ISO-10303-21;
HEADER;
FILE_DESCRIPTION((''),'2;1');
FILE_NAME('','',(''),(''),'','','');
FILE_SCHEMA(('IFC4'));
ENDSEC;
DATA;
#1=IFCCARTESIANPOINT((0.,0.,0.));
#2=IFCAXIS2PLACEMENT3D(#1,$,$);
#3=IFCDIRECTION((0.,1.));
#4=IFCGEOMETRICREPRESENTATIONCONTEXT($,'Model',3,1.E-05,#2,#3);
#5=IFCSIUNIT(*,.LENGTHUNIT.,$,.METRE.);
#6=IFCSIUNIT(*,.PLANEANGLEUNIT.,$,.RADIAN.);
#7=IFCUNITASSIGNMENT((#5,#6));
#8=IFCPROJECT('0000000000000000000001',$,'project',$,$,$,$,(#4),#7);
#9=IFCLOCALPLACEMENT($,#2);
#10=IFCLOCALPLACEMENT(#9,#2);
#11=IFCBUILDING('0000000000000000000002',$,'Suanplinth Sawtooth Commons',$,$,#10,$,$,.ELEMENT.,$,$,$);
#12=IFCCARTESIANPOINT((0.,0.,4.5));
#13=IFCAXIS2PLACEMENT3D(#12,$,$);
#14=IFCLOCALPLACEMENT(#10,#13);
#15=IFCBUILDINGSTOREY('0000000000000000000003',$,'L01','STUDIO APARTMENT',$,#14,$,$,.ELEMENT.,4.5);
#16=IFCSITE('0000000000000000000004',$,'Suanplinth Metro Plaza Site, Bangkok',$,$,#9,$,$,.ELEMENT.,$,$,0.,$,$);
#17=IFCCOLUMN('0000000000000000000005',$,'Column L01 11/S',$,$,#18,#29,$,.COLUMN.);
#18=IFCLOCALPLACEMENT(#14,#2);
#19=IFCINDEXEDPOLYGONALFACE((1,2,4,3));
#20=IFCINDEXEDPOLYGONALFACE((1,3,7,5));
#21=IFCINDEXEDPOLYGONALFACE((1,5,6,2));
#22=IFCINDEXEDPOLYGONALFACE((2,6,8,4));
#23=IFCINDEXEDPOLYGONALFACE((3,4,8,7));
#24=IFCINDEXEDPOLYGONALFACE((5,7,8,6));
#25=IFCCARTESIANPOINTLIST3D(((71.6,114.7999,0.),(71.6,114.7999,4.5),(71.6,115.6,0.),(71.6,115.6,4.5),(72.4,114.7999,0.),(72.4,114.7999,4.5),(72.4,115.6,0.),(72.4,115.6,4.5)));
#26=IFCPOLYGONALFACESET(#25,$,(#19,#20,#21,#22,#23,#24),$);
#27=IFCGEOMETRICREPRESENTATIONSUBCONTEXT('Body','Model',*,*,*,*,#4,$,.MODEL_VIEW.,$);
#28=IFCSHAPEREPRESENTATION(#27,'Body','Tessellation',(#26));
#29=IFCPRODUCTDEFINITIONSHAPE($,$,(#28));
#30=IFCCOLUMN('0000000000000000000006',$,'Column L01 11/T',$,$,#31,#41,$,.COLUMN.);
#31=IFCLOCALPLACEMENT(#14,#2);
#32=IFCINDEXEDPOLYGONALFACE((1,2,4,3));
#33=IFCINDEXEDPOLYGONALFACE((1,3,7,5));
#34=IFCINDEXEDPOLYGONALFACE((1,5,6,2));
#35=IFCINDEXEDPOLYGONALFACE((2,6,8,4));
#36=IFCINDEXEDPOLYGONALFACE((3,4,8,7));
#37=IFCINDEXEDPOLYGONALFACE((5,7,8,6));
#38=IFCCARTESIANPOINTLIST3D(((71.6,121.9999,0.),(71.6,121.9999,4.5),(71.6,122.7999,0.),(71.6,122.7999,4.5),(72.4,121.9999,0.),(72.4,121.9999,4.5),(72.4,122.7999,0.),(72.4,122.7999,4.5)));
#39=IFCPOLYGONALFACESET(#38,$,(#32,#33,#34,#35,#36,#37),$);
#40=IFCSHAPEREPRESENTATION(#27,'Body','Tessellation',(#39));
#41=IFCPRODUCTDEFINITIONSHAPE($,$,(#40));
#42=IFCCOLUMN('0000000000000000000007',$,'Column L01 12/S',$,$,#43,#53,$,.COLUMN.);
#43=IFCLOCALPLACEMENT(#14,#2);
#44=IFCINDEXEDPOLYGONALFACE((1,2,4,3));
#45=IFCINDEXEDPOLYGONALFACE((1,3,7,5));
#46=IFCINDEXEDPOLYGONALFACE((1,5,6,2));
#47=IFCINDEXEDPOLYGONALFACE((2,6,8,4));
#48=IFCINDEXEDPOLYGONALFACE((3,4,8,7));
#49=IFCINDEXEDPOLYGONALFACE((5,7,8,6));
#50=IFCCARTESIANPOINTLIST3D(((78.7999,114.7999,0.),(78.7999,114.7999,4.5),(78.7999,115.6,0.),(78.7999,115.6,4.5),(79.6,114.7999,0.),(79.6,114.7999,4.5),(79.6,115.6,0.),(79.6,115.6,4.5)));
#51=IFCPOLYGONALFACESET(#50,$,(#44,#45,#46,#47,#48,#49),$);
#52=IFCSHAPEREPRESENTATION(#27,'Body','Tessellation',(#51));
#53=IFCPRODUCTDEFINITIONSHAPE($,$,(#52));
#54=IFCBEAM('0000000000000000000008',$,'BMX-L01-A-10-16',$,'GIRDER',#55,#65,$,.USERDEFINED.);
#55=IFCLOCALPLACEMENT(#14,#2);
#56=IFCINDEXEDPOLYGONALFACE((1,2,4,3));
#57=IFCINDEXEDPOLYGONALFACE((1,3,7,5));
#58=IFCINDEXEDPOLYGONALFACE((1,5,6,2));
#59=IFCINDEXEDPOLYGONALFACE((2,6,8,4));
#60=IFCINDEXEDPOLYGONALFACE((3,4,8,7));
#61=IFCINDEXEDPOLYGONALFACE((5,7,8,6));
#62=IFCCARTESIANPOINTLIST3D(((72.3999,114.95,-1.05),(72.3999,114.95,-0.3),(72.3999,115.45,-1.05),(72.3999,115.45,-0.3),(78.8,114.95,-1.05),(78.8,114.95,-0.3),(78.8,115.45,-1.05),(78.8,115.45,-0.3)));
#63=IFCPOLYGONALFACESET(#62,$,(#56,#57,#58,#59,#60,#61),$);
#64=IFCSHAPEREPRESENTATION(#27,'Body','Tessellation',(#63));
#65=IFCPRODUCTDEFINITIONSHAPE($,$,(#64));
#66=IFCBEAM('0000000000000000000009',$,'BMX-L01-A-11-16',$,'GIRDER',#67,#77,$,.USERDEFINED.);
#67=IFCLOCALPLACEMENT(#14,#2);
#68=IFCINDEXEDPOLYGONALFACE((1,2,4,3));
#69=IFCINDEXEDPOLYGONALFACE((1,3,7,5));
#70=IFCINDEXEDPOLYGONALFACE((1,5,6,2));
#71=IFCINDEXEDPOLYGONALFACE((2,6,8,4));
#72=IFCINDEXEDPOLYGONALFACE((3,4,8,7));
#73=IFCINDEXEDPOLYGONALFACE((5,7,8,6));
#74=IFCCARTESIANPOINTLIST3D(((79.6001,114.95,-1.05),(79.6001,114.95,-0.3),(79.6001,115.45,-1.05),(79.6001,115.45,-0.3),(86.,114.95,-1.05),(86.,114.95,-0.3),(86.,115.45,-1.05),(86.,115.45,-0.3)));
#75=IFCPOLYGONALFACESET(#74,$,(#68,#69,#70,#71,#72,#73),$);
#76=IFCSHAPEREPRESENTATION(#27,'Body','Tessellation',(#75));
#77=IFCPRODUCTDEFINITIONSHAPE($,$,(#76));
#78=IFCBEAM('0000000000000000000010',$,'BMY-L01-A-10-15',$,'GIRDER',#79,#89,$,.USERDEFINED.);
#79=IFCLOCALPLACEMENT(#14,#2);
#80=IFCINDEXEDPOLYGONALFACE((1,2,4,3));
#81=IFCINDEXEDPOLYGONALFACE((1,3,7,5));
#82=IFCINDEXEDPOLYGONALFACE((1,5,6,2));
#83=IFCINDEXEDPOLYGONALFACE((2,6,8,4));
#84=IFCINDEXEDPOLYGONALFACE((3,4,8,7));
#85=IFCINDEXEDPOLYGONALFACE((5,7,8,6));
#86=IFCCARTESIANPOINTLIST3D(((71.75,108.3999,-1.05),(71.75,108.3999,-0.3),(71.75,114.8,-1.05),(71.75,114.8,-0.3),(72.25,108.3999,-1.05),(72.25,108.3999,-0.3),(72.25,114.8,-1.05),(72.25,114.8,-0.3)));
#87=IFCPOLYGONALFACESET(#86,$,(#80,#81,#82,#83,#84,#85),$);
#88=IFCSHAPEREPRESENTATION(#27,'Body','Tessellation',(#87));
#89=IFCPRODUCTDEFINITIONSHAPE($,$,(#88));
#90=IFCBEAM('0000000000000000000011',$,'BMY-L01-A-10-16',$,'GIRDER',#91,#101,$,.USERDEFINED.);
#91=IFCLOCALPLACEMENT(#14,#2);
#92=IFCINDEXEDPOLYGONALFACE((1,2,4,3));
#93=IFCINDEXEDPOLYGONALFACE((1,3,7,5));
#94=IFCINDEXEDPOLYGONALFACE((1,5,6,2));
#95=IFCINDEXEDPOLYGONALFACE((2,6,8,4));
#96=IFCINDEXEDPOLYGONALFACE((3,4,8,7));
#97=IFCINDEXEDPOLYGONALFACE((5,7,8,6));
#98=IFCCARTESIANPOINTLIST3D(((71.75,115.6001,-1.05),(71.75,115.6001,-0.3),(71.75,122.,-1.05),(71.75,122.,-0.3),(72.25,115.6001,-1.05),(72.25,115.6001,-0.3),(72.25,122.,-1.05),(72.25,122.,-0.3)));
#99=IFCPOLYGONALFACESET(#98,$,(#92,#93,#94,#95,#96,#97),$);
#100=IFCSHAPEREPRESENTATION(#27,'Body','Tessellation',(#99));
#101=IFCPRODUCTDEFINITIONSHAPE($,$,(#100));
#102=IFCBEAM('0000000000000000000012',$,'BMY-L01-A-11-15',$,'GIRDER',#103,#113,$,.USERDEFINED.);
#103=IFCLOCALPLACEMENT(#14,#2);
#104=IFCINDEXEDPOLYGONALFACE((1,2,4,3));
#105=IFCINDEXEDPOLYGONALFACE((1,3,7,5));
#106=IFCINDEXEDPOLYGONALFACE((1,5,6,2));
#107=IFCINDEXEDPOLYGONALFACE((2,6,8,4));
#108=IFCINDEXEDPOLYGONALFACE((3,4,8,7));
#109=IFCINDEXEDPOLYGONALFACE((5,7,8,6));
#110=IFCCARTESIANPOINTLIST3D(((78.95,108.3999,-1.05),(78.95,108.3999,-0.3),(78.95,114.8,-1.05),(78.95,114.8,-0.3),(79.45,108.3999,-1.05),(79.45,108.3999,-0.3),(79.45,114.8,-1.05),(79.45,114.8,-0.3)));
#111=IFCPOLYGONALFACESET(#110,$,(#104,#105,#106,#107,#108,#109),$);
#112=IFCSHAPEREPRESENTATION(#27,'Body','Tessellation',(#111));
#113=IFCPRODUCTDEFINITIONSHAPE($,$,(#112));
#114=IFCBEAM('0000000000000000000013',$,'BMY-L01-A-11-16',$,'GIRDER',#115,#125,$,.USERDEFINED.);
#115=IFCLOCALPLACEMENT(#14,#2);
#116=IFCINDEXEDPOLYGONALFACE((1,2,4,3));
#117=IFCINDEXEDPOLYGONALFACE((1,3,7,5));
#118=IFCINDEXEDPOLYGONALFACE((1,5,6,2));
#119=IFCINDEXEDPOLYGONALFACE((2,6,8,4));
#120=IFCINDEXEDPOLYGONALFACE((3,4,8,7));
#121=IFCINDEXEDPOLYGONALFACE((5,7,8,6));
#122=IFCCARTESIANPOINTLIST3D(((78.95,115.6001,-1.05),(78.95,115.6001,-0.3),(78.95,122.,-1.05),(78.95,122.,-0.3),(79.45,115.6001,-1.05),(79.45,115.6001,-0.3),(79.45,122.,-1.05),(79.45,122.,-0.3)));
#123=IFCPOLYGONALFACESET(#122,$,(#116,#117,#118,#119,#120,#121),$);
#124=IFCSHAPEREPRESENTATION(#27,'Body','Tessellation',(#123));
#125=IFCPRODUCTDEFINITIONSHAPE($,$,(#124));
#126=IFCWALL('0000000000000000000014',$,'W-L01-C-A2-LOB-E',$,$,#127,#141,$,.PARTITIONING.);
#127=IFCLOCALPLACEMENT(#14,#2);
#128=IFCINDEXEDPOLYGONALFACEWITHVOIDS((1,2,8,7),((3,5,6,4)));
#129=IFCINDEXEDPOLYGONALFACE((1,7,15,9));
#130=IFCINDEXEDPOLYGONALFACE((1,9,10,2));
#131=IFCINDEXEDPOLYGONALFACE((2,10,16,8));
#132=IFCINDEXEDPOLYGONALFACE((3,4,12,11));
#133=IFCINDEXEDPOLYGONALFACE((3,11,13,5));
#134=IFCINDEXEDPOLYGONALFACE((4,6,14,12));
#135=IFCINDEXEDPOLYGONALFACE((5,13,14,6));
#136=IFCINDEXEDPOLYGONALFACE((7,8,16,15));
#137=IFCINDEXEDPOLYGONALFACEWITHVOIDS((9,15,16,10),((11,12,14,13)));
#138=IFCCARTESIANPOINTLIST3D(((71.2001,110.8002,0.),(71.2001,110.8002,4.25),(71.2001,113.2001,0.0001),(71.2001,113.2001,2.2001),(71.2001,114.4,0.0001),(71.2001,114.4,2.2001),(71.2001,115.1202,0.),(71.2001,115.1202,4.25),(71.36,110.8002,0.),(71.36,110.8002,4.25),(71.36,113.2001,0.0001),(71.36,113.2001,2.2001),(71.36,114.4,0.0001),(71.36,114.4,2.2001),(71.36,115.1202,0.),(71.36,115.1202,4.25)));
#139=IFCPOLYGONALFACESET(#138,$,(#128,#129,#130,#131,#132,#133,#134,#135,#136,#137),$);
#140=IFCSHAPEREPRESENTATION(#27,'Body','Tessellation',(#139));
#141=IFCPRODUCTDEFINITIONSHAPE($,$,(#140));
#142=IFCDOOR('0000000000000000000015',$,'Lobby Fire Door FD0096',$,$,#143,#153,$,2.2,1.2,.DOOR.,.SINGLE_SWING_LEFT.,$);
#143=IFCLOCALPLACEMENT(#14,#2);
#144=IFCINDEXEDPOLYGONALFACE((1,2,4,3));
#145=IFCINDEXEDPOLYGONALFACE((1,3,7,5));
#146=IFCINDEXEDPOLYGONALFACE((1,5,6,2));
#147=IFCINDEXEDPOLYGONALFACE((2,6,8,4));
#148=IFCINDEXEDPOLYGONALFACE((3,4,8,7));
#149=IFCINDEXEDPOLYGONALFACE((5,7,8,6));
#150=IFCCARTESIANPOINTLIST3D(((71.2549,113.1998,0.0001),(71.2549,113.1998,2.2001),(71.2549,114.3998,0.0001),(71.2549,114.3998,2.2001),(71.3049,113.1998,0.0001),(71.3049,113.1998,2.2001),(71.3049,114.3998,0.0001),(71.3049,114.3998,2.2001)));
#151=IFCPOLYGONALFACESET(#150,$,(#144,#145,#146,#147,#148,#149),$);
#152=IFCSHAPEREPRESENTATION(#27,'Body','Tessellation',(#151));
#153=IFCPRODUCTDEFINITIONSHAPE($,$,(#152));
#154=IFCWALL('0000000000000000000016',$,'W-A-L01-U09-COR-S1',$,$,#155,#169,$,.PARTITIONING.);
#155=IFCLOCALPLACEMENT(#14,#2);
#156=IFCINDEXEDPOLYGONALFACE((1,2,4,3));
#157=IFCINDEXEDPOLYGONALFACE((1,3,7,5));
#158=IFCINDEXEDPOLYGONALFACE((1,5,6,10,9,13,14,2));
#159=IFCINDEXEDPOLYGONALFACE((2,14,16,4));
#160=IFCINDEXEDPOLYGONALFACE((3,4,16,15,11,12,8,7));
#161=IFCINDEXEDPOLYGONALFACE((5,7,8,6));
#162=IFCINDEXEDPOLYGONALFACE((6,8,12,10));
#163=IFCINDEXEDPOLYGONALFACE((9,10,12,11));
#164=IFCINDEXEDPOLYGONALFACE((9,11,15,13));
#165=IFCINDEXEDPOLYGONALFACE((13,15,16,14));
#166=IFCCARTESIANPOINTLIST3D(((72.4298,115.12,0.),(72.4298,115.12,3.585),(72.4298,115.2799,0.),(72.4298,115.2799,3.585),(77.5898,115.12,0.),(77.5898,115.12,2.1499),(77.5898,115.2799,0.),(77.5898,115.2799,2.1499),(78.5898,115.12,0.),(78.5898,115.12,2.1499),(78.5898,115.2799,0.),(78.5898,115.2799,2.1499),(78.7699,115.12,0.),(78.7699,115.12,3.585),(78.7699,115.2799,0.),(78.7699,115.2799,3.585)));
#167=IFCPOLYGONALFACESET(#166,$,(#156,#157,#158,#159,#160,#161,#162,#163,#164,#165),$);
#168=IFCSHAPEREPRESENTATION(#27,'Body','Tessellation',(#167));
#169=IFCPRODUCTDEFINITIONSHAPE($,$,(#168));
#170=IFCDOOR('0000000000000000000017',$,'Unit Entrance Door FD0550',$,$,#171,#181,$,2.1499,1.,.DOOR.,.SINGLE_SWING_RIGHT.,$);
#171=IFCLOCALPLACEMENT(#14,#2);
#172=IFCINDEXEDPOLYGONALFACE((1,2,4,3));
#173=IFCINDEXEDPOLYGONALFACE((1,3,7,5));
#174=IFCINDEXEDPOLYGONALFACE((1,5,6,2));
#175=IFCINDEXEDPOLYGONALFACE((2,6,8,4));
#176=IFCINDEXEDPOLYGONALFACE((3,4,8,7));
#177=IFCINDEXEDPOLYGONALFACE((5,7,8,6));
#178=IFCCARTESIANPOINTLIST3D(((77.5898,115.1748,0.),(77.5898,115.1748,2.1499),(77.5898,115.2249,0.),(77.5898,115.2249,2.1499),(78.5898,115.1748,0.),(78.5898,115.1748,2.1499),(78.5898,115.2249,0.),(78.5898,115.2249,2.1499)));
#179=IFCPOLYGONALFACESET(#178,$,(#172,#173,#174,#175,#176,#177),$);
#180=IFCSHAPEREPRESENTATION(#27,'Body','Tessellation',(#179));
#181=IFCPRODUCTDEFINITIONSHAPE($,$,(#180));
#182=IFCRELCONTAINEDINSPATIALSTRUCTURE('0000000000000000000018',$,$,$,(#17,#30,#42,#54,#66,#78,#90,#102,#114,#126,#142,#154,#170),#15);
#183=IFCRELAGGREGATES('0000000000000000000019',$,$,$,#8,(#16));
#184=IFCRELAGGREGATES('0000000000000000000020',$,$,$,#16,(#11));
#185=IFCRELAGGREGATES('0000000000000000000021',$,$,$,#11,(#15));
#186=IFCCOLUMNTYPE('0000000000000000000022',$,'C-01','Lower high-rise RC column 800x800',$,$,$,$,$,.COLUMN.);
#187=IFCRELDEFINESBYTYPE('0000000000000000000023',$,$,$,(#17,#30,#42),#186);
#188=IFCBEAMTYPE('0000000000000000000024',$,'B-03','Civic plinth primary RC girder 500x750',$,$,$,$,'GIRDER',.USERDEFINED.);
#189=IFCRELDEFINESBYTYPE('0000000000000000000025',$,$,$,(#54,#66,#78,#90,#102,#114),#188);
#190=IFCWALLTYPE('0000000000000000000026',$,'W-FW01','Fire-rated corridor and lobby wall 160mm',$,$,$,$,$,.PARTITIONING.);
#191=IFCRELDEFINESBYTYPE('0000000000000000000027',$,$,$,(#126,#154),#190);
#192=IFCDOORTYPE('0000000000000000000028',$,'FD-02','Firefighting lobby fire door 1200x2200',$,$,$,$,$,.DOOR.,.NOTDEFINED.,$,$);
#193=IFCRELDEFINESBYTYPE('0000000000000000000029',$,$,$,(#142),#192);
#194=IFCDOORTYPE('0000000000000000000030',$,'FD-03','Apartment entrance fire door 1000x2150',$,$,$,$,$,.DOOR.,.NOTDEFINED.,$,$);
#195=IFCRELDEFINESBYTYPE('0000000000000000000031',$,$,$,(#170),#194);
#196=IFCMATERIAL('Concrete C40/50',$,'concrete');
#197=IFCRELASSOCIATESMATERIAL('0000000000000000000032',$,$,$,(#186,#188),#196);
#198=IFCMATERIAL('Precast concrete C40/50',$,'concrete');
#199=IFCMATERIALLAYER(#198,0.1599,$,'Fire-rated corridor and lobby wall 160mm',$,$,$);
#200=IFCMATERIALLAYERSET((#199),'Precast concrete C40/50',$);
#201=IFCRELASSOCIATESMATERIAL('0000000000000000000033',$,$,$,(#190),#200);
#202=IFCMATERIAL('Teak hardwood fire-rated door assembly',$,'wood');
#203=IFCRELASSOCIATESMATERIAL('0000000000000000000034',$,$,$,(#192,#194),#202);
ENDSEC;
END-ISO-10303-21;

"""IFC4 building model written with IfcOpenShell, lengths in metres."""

from ifc_helpers import new_model, si_unit, direction, frame, frame_2d, origin, origin_2d, place, context, subcontext, project, spatial, rectangle, extrude, material, layer, layer_set, material_profile, profile_set, type_object, element, fill, save


model = new_model("IFC4")

# Units and contexts
model_context = context("Model", 3, precision=1e-05, world=origin(), true_north=direction((0.0, 1.0)))
body_context = subcontext(model_context, "Body", "Model", "MODEL_VIEW")
ifc_project = project(units=[si_unit("LENGTHUNIT", "METRE"), si_unit("PLANEANGLEUNIT", "RADIAN")], contexts=[model_context])

# Site, building, storey
site_placement = place(None, origin())
site = spatial("IfcSite", under=ifc_project, at=site_placement, Name="Suanplinth Metro Plaza Site, Bangkok", CompositionType="ELEMENT", RefElevation=0.0)
building_placement = place(site_placement, origin())
building = spatial("IfcBuilding", under=site, at=building_placement, Name="Suanplinth Sawtooth Commons", CompositionType="ELEMENT")
storey_placement = place(building_placement, frame((0.0, 0.0, 4.5)))
storey = spatial("IfcBuildingStorey", under=building, at=storey_placement, Name="L01", Description="STUDIO APARTMENT", CompositionType="ELEMENT", Elevation=4.5)

# Columns
ifc_material_1 = material(Name="Concrete C40/50", Category="concrete")
ifc_material_profile_1 = material_profile(ifc_material_1, rectangle(XDim=0.8, YDim=0.8, at=origin_2d()), Name="RC-COL 800x800")
ifc_profile_set_1 = profile_set([ifc_material_profile_1], Name="Concrete C40/50")
column_type = type_object("IfcColumnType", Name="C-01", Description="Lower high-rise RC column 800x800", PredefinedType="COLUMN", material=ifc_profile_set_1)
for number, where, z_axis, x_axis, name in (
    (1, (72.0, 115.2, 0.0), (0.0, 0.0, 1.0), (1.0, 0.0, 0.0), "Column L01 11/S"),
    (2, (72.0, 122.3999, 0.0), (0.0, 0.0, 1.0), (1.0, 0.0, 0.0), "Column L01 11/T"),
    (3, (79.2, 115.2, 0.0), (0.0, 0.0, 1.0), (1.0, 0.0, 0.0), "Column L01 12/S"),
):
    element("IfcColumn", number, at=place(storey_placement, frame(where, z_axis=z_axis, x_axis=x_axis)), inside=storey, type_object=column_type, Name=name, PredefinedType="COLUMN", context=body_context, shape_type="SweptSolid", body=[
        extrude(rectangle(XDim=0.8, YDim=0.8, at=origin_2d()), origin(), (0.0, 0.0, 1.0), 4.5),
    ])

# Beams
ifc_material_profile_2 = material_profile(ifc_material_1, rectangle(XDim=0.5, YDim=0.75, at=origin_2d()), Name="RC-GDR 500x750")
ifc_profile_set_2 = profile_set([ifc_material_profile_2], Name="Concrete C40/50")
beam_type = type_object("IfcBeamType", Name="B-03", Description="Civic plinth primary RC girder 500x750", ElementType="GIRDER", PredefinedType="USERDEFINED", material=ifc_profile_set_2)
beam_1_placement = place(storey_placement, frame((72.3999, 115.2, -0.675), z_axis=(1.0, 0.0, 0.0), x_axis=(0.0, 1.0, 0.0)))
element("IfcBeam", 4, at=beam_1_placement, inside=storey, type_object=beam_type, Name="BMX-L01-A-10-16", ObjectType="GIRDER", PredefinedType="USERDEFINED", context=body_context, shape_type="SweptSolid", body=[
    extrude(rectangle(XDim=0.5, YDim=0.75, at=origin_2d()), origin(), (0.0, 0.0, 1.0), 6.4001),
])
beam_2_placement = place(storey_placement, frame((79.6001, 115.2, -0.675), z_axis=(1.0, 0.0, 0.0), x_axis=(0.0, 1.0, 0.0)))
element("IfcBeam", 5, at=beam_2_placement, inside=storey, type_object=beam_type, Name="BMX-L01-A-11-16", ObjectType="GIRDER", PredefinedType="USERDEFINED", context=body_context, shape_type="SweptSolid", body=[
    extrude(rectangle(XDim=0.5, YDim=0.75, at=origin_2d()), origin(), (0.0, 0.0, 1.0), 6.3999),
])
beam_3_placement = place(storey_placement, frame((72.0, 108.3999, -0.675), z_axis=(0.0, 1.0, 0.0), x_axis=(-1.0, 0.0, 0.0)))
element("IfcBeam", 6, at=beam_3_placement, inside=storey, type_object=beam_type, Name="BMY-L01-A-10-15", ObjectType="GIRDER", PredefinedType="USERDEFINED", context=body_context, shape_type="SweptSolid", body=[
    extrude(rectangle(XDim=0.5, YDim=0.75, at=origin_2d()), origin(), (0.0, 0.0, 1.0), 6.4001),
])
beam_4_placement = place(storey_placement, frame((72.0, 115.6001, -0.675), z_axis=(0.0, 1.0, 0.0), x_axis=(-1.0, 0.0, 0.0)))
element("IfcBeam", 7, at=beam_4_placement, inside=storey, type_object=beam_type, Name="BMY-L01-A-10-16", ObjectType="GIRDER", PredefinedType="USERDEFINED", context=body_context, shape_type="SweptSolid", body=[
    extrude(rectangle(XDim=0.5, YDim=0.75, at=origin_2d()), origin(), (0.0, 0.0, 1.0), 6.3999),
])
beam_5_placement = place(storey_placement, frame((79.2, 108.3999, -0.675), z_axis=(0.0, 1.0, 0.0), x_axis=(-1.0, 0.0, 0.0)))
element("IfcBeam", 8, at=beam_5_placement, inside=storey, type_object=beam_type, Name="BMY-L01-A-11-15", ObjectType="GIRDER", PredefinedType="USERDEFINED", context=body_context, shape_type="SweptSolid", body=[
    extrude(rectangle(XDim=0.5, YDim=0.75, at=origin_2d()), origin(), (0.0, 0.0, 1.0), 6.4001),
])
beam_6_placement = place(storey_placement, frame((79.2, 115.6001, -0.675), z_axis=(0.0, 1.0, 0.0), x_axis=(-1.0, 0.0, 0.0)))
element("IfcBeam", 9, at=beam_6_placement, inside=storey, type_object=beam_type, Name="BMY-L01-A-11-16", ObjectType="GIRDER", PredefinedType="USERDEFINED", context=body_context, shape_type="SweptSolid", body=[
    extrude(rectangle(XDim=0.5, YDim=0.75, at=origin_2d()), origin(), (0.0, 0.0, 1.0), 6.3999),
])

# Walls, openings, doors
ifc_material_2 = material(Name="Precast concrete C40/50", Category="concrete")
ifc_layer_1 = layer(ifc_material_2, 0.1599, Name="Fire-rated corridor and lobby wall 160mm")
ifc_layer_set_1 = layer_set([ifc_layer_1], Name="Precast concrete C40/50")
wall_type_1 = type_object("IfcWallType", Name="W-FW01", Description="Fire-rated corridor and lobby wall 160mm", PredefinedType="PARTITIONING", material=ifc_layer_set_1)
wall_1_placement = place(storey_placement, frame((71.28, 110.8, 0.0), z_axis=(0.0, 0.0, 1.0), x_axis=(0.0, 1.0, 0.0)))
wall_1 = element("IfcWall", 10, at=wall_1_placement, inside=storey, type_object=wall_type_1, Name="W-L01-C-A2-LOB-E", PredefinedType="PARTITIONING", context=body_context, shape_type="SweptSolid", body=[
    extrude(rectangle(XDim=4.3201, YDim=0.1599, at=frame_2d((2.1602, 0.0))), origin(), (0.0, 0.0, 1.0), 4.25),
])
opening_1_placement = place(wall_1_placement, frame((2.3999, 0.0, 0.0)))
opening_1 = element("IfcOpeningElement", 11, at=opening_1_placement, cuts=wall_1, PredefinedType="OPENING", context=body_context, shape_type="SweptSolid", body=[
    extrude(rectangle(XDim=1.2, YDim=2.2, at=frame_2d((0.6001, 1.1001))), frame((0.0, 0.0947, 0.0), z_axis=(0.0, -1.0, 0.0), x_axis=(1.0, 0.0, 0.0)), (0.0, 0.0, 1.0), 0.1897),
])
ifc_material_3 = material(Name="Teak hardwood fire-rated door assembly", Category="wood")
door_type_1 = type_object("IfcDoorType", Name="FD-02", Description="Firefighting lobby fire door 1200x2200", OperationType="NOTDEFINED", PredefinedType="DOOR", material=ifc_material_3)
door_1_placement = place(opening_1_placement, frame((1.2, 0.0, 0.0), z_axis=(0.0, 0.0, 1.0), x_axis=(-1.0, 0.0, 0.0)))
door_1 = element("IfcDoor", 12, at=door_1_placement, inside=storey, type_object=door_type_1, Name="Lobby Fire Door FD0096", OperationType="SINGLE_SWING_LEFT", OverallHeight=2.2, OverallWidth=1.2, PredefinedType="DOOR", context=body_context, shape_type="SweptSolid", body=[
    extrude(rectangle(XDim=1.2, YDim=2.2, at=frame_2d((0.6001, 1.1001))), frame((0.0, 0.0249, 0.0), z_axis=(0.0, -1.0, 0.0), x_axis=(1.0, 0.0, 0.0)), (0.0, 0.0, 1.0), 0.05),
])
fill(opening_1, door_1)
wall_2_placement = place(storey_placement, frame((72.4299, 115.2, 0.0), z_axis=(0.0, 0.0, 1.0), x_axis=(1.0, 0.0, 0.0)))
wall_2 = element("IfcWall", 13, at=wall_2_placement, inside=storey, type_object=wall_type_1, Name="W-A-L01-U09-COR-S1", PredefinedType="PARTITIONING", context=body_context, shape_type="SweptSolid", body=[
    extrude(rectangle(XDim=6.3401, YDim=0.1599, at=frame_2d((3.1699, 0.0))), origin(), (0.0, 0.0, 1.0), 3.585),
])
opening_2_placement = place(wall_2_placement, frame((5.1599, 0.0, 0.0)))
opening_2 = element("IfcOpeningElement", 14, at=opening_2_placement, cuts=wall_2, PredefinedType="OPENING", context=body_context, shape_type="SweptSolid", body=[
    extrude(rectangle(XDim=1.0, YDim=2.1499, at=frame_2d((0.5, 1.075))), frame((0.0, 0.0947, 0.0), z_axis=(0.0, -1.0, 0.0), x_axis=(1.0, 0.0, 0.0)), (0.0, 0.0, 1.0), 0.1897),
])
door_type_2 = type_object("IfcDoorType", Name="FD-03", Description="Apartment entrance fire door 1000x2150", OperationType="NOTDEFINED", PredefinedType="DOOR", material=ifc_material_3)
door_2_placement = place(opening_2_placement, origin())
door_2 = element("IfcDoor", 15, at=door_2_placement, inside=storey, type_object=door_type_2, Name="Unit Entrance Door FD0550", OperationType="SINGLE_SWING_RIGHT", OverallHeight=2.1499, OverallWidth=1.0, PredefinedType="DOOR", context=body_context, shape_type="SweptSolid", body=[
    extrude(rectangle(XDim=1.0, YDim=2.1499, at=frame_2d((0.5, 1.075))), frame((0.0, 0.0249, 0.0), z_axis=(0.0, -1.0, 0.0), x_axis=(1.0, 0.0, 0.0)), (0.0, 0.0, 1.0), 0.05),
])
fill(opening_2, door_2)

save(model, "model.ifc")
